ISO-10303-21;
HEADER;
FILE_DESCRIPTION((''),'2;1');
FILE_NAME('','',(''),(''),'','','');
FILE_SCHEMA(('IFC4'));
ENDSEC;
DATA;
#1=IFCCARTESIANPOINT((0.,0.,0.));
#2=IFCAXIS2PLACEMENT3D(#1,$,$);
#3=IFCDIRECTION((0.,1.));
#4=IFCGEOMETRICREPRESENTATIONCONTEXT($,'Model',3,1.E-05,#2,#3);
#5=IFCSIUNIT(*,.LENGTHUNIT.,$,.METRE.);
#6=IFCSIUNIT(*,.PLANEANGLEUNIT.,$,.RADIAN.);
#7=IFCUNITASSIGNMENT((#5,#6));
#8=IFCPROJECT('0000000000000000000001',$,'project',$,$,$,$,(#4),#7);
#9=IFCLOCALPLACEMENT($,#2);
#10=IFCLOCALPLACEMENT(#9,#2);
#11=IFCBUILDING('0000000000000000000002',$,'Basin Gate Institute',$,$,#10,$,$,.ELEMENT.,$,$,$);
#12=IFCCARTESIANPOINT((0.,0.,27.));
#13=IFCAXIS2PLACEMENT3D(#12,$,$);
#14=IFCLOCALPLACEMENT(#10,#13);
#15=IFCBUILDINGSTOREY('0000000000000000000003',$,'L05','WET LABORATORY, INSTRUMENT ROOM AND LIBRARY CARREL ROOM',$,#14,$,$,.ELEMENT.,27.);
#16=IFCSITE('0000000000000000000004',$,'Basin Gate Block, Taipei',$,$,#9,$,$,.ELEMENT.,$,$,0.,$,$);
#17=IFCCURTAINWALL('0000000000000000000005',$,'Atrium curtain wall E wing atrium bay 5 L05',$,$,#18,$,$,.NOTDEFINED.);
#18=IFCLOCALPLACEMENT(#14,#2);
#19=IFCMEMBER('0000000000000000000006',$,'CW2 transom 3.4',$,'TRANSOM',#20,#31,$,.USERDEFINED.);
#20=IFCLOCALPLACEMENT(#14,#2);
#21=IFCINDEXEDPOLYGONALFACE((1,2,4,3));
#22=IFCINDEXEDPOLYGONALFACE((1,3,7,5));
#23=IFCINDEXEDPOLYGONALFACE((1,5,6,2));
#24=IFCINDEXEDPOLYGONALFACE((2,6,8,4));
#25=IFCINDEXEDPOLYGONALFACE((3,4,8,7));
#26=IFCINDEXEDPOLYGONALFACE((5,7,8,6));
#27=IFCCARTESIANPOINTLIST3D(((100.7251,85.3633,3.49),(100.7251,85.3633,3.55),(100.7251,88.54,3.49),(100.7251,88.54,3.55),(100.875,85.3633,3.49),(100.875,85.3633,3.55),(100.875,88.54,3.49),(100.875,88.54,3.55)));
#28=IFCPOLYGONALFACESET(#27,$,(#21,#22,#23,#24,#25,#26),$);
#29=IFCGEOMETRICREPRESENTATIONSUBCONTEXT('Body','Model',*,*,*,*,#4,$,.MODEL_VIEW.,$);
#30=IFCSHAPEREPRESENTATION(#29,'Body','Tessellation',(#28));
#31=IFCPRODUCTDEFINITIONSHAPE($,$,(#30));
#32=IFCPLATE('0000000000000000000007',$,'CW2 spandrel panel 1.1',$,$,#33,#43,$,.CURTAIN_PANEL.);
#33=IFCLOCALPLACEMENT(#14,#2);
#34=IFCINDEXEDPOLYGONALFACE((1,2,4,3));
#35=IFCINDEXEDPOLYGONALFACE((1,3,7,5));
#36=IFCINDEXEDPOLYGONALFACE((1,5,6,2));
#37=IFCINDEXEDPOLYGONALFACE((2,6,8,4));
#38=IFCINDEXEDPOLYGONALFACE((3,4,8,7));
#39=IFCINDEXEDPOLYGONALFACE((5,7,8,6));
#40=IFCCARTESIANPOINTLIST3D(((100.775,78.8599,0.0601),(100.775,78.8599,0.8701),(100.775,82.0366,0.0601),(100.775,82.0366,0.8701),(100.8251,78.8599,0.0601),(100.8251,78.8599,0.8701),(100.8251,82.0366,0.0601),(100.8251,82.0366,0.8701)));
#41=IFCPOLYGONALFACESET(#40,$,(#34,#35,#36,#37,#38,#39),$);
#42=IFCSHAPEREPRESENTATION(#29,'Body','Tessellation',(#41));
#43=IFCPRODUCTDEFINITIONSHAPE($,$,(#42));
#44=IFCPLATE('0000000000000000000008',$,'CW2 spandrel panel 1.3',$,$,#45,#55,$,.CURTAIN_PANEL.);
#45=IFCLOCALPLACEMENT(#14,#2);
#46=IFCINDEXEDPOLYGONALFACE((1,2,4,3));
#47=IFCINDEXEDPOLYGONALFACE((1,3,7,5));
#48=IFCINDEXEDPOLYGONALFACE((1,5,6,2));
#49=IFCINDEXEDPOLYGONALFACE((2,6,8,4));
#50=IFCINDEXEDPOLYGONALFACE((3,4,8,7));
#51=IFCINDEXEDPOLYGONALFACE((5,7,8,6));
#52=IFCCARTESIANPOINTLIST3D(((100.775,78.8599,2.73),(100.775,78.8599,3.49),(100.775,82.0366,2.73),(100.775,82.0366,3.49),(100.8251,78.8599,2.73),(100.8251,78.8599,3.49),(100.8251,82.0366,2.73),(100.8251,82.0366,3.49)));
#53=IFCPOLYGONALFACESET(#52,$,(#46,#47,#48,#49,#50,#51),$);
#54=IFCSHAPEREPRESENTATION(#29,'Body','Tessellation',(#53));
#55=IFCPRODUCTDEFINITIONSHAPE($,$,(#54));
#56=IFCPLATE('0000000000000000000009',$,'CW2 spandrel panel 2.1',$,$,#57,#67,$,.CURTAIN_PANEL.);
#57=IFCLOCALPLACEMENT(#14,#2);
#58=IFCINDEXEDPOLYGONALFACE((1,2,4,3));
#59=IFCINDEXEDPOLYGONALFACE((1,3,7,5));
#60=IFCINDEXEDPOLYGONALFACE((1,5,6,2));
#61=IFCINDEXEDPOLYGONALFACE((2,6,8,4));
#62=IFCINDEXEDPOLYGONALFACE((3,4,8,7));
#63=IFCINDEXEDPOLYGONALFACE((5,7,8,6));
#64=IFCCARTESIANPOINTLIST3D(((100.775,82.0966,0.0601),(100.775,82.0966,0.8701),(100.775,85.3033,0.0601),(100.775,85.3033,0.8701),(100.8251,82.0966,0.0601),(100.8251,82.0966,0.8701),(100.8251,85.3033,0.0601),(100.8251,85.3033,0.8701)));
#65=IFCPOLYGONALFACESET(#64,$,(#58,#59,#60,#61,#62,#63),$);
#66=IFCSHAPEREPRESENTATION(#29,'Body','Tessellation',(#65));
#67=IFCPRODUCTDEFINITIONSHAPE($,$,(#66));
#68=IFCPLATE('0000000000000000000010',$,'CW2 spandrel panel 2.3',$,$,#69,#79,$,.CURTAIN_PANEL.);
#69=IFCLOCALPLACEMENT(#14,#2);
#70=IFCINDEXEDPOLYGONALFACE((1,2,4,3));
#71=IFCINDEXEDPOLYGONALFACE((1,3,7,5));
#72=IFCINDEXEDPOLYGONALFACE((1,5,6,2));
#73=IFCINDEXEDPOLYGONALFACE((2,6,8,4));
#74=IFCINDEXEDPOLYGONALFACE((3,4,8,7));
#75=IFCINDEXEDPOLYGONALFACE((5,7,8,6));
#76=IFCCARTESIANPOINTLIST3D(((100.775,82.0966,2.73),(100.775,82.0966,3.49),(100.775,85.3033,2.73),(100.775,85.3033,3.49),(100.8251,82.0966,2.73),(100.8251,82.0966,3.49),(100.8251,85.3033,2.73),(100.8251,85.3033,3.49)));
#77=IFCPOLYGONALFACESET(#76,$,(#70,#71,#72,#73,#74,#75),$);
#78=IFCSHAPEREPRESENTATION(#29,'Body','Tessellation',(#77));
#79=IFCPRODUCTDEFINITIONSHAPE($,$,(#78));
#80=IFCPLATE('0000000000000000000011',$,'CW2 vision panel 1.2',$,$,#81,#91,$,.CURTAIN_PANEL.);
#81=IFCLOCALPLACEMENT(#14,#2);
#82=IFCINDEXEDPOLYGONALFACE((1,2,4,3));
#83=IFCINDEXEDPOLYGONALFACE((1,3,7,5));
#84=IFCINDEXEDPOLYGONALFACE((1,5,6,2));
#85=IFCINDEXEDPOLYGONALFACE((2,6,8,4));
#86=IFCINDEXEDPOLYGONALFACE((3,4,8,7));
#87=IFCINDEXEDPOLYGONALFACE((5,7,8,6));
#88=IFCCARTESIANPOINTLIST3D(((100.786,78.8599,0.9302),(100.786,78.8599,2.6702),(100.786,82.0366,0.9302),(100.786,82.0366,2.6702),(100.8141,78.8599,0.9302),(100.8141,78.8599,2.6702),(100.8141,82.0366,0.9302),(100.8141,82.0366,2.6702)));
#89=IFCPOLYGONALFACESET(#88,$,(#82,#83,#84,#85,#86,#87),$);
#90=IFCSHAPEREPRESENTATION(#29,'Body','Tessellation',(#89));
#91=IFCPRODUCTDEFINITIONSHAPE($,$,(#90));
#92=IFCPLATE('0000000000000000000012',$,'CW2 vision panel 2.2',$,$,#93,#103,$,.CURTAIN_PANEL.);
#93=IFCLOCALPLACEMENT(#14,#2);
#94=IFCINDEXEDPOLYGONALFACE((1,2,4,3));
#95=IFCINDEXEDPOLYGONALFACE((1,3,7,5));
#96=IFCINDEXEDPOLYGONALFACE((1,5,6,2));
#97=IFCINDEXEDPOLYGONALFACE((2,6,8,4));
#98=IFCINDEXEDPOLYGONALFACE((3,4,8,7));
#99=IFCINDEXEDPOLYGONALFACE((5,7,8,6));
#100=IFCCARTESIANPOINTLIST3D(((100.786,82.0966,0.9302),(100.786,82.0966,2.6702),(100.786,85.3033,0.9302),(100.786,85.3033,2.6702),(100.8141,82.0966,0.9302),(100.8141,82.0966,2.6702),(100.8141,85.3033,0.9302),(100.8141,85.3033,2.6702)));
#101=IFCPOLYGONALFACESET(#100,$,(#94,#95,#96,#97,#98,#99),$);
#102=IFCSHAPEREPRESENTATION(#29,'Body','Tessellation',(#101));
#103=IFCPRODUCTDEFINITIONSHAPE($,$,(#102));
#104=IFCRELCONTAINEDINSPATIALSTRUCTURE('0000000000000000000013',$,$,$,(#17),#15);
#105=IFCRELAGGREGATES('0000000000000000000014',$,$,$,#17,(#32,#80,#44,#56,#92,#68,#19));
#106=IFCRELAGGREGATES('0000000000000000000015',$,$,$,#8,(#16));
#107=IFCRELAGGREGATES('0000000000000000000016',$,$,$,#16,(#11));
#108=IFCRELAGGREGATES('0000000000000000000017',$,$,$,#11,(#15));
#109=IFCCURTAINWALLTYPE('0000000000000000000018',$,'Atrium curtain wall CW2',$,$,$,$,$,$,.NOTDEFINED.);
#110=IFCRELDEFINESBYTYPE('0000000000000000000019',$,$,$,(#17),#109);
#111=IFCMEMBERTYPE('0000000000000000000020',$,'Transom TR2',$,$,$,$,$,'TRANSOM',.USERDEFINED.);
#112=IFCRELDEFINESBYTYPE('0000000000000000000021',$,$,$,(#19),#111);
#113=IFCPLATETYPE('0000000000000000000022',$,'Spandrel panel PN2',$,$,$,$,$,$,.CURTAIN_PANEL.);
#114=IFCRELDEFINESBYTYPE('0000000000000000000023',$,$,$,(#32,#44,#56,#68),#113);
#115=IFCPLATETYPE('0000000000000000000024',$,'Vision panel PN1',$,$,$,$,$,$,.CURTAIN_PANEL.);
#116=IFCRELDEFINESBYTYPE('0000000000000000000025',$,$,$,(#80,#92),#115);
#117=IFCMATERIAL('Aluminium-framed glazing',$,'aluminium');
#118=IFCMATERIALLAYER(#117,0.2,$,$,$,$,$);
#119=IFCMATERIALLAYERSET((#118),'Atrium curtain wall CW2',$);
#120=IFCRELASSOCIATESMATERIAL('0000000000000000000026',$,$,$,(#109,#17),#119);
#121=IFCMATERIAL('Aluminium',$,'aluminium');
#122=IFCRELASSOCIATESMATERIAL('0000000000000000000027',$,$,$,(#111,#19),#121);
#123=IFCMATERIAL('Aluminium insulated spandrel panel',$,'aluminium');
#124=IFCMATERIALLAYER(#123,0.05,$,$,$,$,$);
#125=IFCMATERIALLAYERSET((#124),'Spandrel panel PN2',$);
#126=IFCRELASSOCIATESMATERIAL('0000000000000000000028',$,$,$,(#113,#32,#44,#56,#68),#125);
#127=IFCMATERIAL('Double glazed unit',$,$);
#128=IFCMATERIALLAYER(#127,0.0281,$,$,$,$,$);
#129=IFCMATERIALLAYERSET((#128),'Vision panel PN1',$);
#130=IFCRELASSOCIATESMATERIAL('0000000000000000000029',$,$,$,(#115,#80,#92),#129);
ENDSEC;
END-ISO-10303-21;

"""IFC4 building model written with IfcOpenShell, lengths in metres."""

from ifc_helpers import new_model, si_unit, direction, frame, origin, origin_2d, place, context, subcontext, project, spatial, rectangle, extrude, material, layer, layer_set, material_profile, profile_set, type_object, element, aggregate, save


model = new_model("IFC4")

# Units and contexts
model_context = context("Model", 3, precision=1e-05, world=origin(), true_north=direction((0.0, 1.0)))
body_context = subcontext(model_context, "Body", "Model", "MODEL_VIEW")
ifc_project = project(units=[si_unit("LENGTHUNIT", "METRE"), si_unit("PLANEANGLEUNIT", "RADIAN")], contexts=[model_context])

# Site, building, storey
site_placement = place(None, origin())
site = spatial("IfcSite", under=ifc_project, at=site_placement, Name="Basin Gate Block, Taipei", CompositionType="ELEMENT", RefElevation=0.0)
building_placement = place(site_placement, origin())
building = spatial("IfcBuilding", under=site, at=building_placement, Name="Basin Gate Institute", CompositionType="ELEMENT")
storey_placement = place(building_placement, frame((0.0, 0.0, 27.0)))
storey = spatial("IfcBuildingStorey", under=building, at=storey_placement, Name="L05", Description="WET LABORATORY, INSTRUMENT ROOM AND LIBRARY CARREL ROOM", CompositionType="ELEMENT", Elevation=27.0)

# Curtain wall, member, plates
ifc_material_1 = material(Name="Aluminium-framed glazing", Category="aluminium")
ifc_layer_1 = layer(ifc_material_1, 0.2)
ifc_layer_set_1 = layer_set([ifc_layer_1], Name="Atrium curtain wall CW2")
curtain_wall_type = type_object("IfcCurtainWallType", Name="Atrium curtain wall CW2", PredefinedType="NOTDEFINED", material=ifc_layer_set_1)
curtain_wall_placement = place(storey_placement, origin())
curtain_wall = element("IfcCurtainWall", 1, at=curtain_wall_placement, inside=storey, type_object=curtain_wall_type, material=ifc_layer_set_1, Name="Atrium curtain wall E wing atrium bay 5 L05", PredefinedType="NOTDEFINED")
ifc_material_2 = material(Name="Aluminium", Category="aluminium")
ifc_material_profile_1 = material_profile(ifc_material_2, rectangle(XDim=0.1499, YDim=0.0601, at=origin_2d()), Name="Transom TR2 150 x 60")
ifc_profile_set_1 = profile_set([ifc_material_profile_1], Name="Aluminium")
member_type_1 = type_object("IfcMemberType", Name="Transom TR2", ElementType="TRANSOM", PredefinedType="USERDEFINED", material=ifc_profile_set_1)
member_1_placement = place(storey_placement, frame((100.8, 85.3633, 3.52), z_axis=(0.0, 1.0, 0.0), x_axis=(-1.0, 0.0, 0.0)))
member_1 = element("IfcMember", 2, at=member_1_placement, type_object=member_type_1, material=ifc_profile_set_1, Name="CW2 transom 3.4", ObjectType="TRANSOM", PredefinedType="USERDEFINED", context=body_context, shape_type="SweptSolid", body=[
    extrude(rectangle(XDim=0.1499, YDim=0.0601, at=origin_2d()), origin(), (0.0, 0.0, 1.0), 3.1768),
])
ifc_material_3 = material(Name="Aluminium insulated spandrel panel", Category="aluminium")
ifc_layer_2 = layer(ifc_material_3, 0.05)
ifc_layer_set_2 = layer_set([ifc_layer_2], Name="Spandrel panel PN2")
plate_type_1 = type_object("IfcPlateType", Name="Spandrel panel PN2", PredefinedType="CURTAIN_PANEL", material=ifc_layer_set_2)
plate_1_placement = place(storey_placement, frame((100.8, 80.4482, 0.0601), z_axis=(0.0, 0.0, 1.0), x_axis=(0.0, 1.0, 0.0)))
plate_1 = element("IfcPlate", 3, at=plate_1_placement, type_object=plate_type_1, material=ifc_layer_set_2, Name="CW2 spandrel panel 1.1", PredefinedType="CURTAIN_PANEL", context=body_context, shape_type="SweptSolid", body=[
    extrude(rectangle(XDim=3.1768, YDim=0.05, at=origin_2d()), origin(), (0.0, 0.0, 1.0), 0.8101),
])
plate_2_placement = place(storey_placement, frame((100.8, 80.4482, 2.73), z_axis=(0.0, 0.0, 1.0), x_axis=(0.0, 1.0, 0.0)))
plate_2 = element("IfcPlate", 4, at=plate_2_placement, type_object=plate_type_1, material=ifc_layer_set_2, Name="CW2 spandrel panel 1.3", PredefinedType="CURTAIN_PANEL", context=body_context, shape_type="SweptSolid", body=[
    extrude(rectangle(XDim=3.1768, YDim=0.05, at=origin_2d()), origin(), (0.0, 0.0, 1.0), 0.76),
])
plate_3_placement = place(storey_placement, frame((100.8, 83.7, 0.0601), z_axis=(0.0, 0.0, 1.0), x_axis=(0.0, 1.0, 0.0)))
plate_3 = element("IfcPlate", 5, at=plate_3_placement, type_object=plate_type_1, material=ifc_layer_set_2, Name="CW2 spandrel panel 2.1", PredefinedType="CURTAIN_PANEL", context=body_context, shape_type="SweptSolid", body=[
    extrude(rectangle(XDim=3.2068, YDim=0.05, at=origin_2d()), origin(), (0.0, 0.0, 1.0), 0.8101),
])
plate_4_placement = place(storey_placement, frame((100.8, 83.7, 2.73), z_axis=(0.0, 0.0, 1.0), x_axis=(0.0, 1.0, 0.0)))
plate_4 = element("IfcPlate", 6, at=plate_4_placement, type_object=plate_type_1, material=ifc_layer_set_2, Name="CW2 spandrel panel 2.3", PredefinedType="CURTAIN_PANEL", context=body_context, shape_type="SweptSolid", body=[
    extrude(rectangle(XDim=3.2068, YDim=0.05, at=origin_2d()), origin(), (0.0, 0.0, 1.0), 0.76),
])
ifc_material_4 = material(Name="Double glazed unit")
ifc_layer_3 = layer(ifc_material_4, 0.0281)
ifc_layer_set_3 = layer_set([ifc_layer_3], Name="Vision panel PN1")
plate_type_2 = type_object("IfcPlateType", Name="Vision panel PN1", PredefinedType="CURTAIN_PANEL", material=ifc_layer_set_3)
plate_5_placement = place(storey_placement, frame((100.8, 80.4482, 0.9302), z_axis=(0.0, 0.0, 1.0), x_axis=(0.0, 1.0, 0.0)))
plate_5 = element("IfcPlate", 7, at=plate_5_placement, type_object=plate_type_2, material=ifc_layer_set_3, Name="CW2 vision panel 1.2", PredefinedType="CURTAIN_PANEL", context=body_context, shape_type="SweptSolid", body=[
    extrude(rectangle(XDim=3.1768, YDim=0.0281, at=origin_2d()), origin(), (0.0, 0.0, 1.0), 1.74),
])
plate_6_placement = place(storey_placement, frame((100.8, 83.7, 0.9302), z_axis=(0.0, 0.0, 1.0), x_axis=(0.0, 1.0, 0.0)))
plate_6 = element("IfcPlate", 8, at=plate_6_placement, type_object=plate_type_2, material=ifc_layer_set_3, Name="CW2 vision panel 2.2", PredefinedType="CURTAIN_PANEL", context=body_context, shape_type="SweptSolid", body=[
    extrude(rectangle(XDim=3.2068, YDim=0.0281, at=origin_2d()), origin(), (0.0, 0.0, 1.0), 1.74),
])
aggregate(curtain_wall, [plate_1, plate_5, plate_2, plate_3, plate_6, plate_4, member_1])

save(model, "model.ifc")
